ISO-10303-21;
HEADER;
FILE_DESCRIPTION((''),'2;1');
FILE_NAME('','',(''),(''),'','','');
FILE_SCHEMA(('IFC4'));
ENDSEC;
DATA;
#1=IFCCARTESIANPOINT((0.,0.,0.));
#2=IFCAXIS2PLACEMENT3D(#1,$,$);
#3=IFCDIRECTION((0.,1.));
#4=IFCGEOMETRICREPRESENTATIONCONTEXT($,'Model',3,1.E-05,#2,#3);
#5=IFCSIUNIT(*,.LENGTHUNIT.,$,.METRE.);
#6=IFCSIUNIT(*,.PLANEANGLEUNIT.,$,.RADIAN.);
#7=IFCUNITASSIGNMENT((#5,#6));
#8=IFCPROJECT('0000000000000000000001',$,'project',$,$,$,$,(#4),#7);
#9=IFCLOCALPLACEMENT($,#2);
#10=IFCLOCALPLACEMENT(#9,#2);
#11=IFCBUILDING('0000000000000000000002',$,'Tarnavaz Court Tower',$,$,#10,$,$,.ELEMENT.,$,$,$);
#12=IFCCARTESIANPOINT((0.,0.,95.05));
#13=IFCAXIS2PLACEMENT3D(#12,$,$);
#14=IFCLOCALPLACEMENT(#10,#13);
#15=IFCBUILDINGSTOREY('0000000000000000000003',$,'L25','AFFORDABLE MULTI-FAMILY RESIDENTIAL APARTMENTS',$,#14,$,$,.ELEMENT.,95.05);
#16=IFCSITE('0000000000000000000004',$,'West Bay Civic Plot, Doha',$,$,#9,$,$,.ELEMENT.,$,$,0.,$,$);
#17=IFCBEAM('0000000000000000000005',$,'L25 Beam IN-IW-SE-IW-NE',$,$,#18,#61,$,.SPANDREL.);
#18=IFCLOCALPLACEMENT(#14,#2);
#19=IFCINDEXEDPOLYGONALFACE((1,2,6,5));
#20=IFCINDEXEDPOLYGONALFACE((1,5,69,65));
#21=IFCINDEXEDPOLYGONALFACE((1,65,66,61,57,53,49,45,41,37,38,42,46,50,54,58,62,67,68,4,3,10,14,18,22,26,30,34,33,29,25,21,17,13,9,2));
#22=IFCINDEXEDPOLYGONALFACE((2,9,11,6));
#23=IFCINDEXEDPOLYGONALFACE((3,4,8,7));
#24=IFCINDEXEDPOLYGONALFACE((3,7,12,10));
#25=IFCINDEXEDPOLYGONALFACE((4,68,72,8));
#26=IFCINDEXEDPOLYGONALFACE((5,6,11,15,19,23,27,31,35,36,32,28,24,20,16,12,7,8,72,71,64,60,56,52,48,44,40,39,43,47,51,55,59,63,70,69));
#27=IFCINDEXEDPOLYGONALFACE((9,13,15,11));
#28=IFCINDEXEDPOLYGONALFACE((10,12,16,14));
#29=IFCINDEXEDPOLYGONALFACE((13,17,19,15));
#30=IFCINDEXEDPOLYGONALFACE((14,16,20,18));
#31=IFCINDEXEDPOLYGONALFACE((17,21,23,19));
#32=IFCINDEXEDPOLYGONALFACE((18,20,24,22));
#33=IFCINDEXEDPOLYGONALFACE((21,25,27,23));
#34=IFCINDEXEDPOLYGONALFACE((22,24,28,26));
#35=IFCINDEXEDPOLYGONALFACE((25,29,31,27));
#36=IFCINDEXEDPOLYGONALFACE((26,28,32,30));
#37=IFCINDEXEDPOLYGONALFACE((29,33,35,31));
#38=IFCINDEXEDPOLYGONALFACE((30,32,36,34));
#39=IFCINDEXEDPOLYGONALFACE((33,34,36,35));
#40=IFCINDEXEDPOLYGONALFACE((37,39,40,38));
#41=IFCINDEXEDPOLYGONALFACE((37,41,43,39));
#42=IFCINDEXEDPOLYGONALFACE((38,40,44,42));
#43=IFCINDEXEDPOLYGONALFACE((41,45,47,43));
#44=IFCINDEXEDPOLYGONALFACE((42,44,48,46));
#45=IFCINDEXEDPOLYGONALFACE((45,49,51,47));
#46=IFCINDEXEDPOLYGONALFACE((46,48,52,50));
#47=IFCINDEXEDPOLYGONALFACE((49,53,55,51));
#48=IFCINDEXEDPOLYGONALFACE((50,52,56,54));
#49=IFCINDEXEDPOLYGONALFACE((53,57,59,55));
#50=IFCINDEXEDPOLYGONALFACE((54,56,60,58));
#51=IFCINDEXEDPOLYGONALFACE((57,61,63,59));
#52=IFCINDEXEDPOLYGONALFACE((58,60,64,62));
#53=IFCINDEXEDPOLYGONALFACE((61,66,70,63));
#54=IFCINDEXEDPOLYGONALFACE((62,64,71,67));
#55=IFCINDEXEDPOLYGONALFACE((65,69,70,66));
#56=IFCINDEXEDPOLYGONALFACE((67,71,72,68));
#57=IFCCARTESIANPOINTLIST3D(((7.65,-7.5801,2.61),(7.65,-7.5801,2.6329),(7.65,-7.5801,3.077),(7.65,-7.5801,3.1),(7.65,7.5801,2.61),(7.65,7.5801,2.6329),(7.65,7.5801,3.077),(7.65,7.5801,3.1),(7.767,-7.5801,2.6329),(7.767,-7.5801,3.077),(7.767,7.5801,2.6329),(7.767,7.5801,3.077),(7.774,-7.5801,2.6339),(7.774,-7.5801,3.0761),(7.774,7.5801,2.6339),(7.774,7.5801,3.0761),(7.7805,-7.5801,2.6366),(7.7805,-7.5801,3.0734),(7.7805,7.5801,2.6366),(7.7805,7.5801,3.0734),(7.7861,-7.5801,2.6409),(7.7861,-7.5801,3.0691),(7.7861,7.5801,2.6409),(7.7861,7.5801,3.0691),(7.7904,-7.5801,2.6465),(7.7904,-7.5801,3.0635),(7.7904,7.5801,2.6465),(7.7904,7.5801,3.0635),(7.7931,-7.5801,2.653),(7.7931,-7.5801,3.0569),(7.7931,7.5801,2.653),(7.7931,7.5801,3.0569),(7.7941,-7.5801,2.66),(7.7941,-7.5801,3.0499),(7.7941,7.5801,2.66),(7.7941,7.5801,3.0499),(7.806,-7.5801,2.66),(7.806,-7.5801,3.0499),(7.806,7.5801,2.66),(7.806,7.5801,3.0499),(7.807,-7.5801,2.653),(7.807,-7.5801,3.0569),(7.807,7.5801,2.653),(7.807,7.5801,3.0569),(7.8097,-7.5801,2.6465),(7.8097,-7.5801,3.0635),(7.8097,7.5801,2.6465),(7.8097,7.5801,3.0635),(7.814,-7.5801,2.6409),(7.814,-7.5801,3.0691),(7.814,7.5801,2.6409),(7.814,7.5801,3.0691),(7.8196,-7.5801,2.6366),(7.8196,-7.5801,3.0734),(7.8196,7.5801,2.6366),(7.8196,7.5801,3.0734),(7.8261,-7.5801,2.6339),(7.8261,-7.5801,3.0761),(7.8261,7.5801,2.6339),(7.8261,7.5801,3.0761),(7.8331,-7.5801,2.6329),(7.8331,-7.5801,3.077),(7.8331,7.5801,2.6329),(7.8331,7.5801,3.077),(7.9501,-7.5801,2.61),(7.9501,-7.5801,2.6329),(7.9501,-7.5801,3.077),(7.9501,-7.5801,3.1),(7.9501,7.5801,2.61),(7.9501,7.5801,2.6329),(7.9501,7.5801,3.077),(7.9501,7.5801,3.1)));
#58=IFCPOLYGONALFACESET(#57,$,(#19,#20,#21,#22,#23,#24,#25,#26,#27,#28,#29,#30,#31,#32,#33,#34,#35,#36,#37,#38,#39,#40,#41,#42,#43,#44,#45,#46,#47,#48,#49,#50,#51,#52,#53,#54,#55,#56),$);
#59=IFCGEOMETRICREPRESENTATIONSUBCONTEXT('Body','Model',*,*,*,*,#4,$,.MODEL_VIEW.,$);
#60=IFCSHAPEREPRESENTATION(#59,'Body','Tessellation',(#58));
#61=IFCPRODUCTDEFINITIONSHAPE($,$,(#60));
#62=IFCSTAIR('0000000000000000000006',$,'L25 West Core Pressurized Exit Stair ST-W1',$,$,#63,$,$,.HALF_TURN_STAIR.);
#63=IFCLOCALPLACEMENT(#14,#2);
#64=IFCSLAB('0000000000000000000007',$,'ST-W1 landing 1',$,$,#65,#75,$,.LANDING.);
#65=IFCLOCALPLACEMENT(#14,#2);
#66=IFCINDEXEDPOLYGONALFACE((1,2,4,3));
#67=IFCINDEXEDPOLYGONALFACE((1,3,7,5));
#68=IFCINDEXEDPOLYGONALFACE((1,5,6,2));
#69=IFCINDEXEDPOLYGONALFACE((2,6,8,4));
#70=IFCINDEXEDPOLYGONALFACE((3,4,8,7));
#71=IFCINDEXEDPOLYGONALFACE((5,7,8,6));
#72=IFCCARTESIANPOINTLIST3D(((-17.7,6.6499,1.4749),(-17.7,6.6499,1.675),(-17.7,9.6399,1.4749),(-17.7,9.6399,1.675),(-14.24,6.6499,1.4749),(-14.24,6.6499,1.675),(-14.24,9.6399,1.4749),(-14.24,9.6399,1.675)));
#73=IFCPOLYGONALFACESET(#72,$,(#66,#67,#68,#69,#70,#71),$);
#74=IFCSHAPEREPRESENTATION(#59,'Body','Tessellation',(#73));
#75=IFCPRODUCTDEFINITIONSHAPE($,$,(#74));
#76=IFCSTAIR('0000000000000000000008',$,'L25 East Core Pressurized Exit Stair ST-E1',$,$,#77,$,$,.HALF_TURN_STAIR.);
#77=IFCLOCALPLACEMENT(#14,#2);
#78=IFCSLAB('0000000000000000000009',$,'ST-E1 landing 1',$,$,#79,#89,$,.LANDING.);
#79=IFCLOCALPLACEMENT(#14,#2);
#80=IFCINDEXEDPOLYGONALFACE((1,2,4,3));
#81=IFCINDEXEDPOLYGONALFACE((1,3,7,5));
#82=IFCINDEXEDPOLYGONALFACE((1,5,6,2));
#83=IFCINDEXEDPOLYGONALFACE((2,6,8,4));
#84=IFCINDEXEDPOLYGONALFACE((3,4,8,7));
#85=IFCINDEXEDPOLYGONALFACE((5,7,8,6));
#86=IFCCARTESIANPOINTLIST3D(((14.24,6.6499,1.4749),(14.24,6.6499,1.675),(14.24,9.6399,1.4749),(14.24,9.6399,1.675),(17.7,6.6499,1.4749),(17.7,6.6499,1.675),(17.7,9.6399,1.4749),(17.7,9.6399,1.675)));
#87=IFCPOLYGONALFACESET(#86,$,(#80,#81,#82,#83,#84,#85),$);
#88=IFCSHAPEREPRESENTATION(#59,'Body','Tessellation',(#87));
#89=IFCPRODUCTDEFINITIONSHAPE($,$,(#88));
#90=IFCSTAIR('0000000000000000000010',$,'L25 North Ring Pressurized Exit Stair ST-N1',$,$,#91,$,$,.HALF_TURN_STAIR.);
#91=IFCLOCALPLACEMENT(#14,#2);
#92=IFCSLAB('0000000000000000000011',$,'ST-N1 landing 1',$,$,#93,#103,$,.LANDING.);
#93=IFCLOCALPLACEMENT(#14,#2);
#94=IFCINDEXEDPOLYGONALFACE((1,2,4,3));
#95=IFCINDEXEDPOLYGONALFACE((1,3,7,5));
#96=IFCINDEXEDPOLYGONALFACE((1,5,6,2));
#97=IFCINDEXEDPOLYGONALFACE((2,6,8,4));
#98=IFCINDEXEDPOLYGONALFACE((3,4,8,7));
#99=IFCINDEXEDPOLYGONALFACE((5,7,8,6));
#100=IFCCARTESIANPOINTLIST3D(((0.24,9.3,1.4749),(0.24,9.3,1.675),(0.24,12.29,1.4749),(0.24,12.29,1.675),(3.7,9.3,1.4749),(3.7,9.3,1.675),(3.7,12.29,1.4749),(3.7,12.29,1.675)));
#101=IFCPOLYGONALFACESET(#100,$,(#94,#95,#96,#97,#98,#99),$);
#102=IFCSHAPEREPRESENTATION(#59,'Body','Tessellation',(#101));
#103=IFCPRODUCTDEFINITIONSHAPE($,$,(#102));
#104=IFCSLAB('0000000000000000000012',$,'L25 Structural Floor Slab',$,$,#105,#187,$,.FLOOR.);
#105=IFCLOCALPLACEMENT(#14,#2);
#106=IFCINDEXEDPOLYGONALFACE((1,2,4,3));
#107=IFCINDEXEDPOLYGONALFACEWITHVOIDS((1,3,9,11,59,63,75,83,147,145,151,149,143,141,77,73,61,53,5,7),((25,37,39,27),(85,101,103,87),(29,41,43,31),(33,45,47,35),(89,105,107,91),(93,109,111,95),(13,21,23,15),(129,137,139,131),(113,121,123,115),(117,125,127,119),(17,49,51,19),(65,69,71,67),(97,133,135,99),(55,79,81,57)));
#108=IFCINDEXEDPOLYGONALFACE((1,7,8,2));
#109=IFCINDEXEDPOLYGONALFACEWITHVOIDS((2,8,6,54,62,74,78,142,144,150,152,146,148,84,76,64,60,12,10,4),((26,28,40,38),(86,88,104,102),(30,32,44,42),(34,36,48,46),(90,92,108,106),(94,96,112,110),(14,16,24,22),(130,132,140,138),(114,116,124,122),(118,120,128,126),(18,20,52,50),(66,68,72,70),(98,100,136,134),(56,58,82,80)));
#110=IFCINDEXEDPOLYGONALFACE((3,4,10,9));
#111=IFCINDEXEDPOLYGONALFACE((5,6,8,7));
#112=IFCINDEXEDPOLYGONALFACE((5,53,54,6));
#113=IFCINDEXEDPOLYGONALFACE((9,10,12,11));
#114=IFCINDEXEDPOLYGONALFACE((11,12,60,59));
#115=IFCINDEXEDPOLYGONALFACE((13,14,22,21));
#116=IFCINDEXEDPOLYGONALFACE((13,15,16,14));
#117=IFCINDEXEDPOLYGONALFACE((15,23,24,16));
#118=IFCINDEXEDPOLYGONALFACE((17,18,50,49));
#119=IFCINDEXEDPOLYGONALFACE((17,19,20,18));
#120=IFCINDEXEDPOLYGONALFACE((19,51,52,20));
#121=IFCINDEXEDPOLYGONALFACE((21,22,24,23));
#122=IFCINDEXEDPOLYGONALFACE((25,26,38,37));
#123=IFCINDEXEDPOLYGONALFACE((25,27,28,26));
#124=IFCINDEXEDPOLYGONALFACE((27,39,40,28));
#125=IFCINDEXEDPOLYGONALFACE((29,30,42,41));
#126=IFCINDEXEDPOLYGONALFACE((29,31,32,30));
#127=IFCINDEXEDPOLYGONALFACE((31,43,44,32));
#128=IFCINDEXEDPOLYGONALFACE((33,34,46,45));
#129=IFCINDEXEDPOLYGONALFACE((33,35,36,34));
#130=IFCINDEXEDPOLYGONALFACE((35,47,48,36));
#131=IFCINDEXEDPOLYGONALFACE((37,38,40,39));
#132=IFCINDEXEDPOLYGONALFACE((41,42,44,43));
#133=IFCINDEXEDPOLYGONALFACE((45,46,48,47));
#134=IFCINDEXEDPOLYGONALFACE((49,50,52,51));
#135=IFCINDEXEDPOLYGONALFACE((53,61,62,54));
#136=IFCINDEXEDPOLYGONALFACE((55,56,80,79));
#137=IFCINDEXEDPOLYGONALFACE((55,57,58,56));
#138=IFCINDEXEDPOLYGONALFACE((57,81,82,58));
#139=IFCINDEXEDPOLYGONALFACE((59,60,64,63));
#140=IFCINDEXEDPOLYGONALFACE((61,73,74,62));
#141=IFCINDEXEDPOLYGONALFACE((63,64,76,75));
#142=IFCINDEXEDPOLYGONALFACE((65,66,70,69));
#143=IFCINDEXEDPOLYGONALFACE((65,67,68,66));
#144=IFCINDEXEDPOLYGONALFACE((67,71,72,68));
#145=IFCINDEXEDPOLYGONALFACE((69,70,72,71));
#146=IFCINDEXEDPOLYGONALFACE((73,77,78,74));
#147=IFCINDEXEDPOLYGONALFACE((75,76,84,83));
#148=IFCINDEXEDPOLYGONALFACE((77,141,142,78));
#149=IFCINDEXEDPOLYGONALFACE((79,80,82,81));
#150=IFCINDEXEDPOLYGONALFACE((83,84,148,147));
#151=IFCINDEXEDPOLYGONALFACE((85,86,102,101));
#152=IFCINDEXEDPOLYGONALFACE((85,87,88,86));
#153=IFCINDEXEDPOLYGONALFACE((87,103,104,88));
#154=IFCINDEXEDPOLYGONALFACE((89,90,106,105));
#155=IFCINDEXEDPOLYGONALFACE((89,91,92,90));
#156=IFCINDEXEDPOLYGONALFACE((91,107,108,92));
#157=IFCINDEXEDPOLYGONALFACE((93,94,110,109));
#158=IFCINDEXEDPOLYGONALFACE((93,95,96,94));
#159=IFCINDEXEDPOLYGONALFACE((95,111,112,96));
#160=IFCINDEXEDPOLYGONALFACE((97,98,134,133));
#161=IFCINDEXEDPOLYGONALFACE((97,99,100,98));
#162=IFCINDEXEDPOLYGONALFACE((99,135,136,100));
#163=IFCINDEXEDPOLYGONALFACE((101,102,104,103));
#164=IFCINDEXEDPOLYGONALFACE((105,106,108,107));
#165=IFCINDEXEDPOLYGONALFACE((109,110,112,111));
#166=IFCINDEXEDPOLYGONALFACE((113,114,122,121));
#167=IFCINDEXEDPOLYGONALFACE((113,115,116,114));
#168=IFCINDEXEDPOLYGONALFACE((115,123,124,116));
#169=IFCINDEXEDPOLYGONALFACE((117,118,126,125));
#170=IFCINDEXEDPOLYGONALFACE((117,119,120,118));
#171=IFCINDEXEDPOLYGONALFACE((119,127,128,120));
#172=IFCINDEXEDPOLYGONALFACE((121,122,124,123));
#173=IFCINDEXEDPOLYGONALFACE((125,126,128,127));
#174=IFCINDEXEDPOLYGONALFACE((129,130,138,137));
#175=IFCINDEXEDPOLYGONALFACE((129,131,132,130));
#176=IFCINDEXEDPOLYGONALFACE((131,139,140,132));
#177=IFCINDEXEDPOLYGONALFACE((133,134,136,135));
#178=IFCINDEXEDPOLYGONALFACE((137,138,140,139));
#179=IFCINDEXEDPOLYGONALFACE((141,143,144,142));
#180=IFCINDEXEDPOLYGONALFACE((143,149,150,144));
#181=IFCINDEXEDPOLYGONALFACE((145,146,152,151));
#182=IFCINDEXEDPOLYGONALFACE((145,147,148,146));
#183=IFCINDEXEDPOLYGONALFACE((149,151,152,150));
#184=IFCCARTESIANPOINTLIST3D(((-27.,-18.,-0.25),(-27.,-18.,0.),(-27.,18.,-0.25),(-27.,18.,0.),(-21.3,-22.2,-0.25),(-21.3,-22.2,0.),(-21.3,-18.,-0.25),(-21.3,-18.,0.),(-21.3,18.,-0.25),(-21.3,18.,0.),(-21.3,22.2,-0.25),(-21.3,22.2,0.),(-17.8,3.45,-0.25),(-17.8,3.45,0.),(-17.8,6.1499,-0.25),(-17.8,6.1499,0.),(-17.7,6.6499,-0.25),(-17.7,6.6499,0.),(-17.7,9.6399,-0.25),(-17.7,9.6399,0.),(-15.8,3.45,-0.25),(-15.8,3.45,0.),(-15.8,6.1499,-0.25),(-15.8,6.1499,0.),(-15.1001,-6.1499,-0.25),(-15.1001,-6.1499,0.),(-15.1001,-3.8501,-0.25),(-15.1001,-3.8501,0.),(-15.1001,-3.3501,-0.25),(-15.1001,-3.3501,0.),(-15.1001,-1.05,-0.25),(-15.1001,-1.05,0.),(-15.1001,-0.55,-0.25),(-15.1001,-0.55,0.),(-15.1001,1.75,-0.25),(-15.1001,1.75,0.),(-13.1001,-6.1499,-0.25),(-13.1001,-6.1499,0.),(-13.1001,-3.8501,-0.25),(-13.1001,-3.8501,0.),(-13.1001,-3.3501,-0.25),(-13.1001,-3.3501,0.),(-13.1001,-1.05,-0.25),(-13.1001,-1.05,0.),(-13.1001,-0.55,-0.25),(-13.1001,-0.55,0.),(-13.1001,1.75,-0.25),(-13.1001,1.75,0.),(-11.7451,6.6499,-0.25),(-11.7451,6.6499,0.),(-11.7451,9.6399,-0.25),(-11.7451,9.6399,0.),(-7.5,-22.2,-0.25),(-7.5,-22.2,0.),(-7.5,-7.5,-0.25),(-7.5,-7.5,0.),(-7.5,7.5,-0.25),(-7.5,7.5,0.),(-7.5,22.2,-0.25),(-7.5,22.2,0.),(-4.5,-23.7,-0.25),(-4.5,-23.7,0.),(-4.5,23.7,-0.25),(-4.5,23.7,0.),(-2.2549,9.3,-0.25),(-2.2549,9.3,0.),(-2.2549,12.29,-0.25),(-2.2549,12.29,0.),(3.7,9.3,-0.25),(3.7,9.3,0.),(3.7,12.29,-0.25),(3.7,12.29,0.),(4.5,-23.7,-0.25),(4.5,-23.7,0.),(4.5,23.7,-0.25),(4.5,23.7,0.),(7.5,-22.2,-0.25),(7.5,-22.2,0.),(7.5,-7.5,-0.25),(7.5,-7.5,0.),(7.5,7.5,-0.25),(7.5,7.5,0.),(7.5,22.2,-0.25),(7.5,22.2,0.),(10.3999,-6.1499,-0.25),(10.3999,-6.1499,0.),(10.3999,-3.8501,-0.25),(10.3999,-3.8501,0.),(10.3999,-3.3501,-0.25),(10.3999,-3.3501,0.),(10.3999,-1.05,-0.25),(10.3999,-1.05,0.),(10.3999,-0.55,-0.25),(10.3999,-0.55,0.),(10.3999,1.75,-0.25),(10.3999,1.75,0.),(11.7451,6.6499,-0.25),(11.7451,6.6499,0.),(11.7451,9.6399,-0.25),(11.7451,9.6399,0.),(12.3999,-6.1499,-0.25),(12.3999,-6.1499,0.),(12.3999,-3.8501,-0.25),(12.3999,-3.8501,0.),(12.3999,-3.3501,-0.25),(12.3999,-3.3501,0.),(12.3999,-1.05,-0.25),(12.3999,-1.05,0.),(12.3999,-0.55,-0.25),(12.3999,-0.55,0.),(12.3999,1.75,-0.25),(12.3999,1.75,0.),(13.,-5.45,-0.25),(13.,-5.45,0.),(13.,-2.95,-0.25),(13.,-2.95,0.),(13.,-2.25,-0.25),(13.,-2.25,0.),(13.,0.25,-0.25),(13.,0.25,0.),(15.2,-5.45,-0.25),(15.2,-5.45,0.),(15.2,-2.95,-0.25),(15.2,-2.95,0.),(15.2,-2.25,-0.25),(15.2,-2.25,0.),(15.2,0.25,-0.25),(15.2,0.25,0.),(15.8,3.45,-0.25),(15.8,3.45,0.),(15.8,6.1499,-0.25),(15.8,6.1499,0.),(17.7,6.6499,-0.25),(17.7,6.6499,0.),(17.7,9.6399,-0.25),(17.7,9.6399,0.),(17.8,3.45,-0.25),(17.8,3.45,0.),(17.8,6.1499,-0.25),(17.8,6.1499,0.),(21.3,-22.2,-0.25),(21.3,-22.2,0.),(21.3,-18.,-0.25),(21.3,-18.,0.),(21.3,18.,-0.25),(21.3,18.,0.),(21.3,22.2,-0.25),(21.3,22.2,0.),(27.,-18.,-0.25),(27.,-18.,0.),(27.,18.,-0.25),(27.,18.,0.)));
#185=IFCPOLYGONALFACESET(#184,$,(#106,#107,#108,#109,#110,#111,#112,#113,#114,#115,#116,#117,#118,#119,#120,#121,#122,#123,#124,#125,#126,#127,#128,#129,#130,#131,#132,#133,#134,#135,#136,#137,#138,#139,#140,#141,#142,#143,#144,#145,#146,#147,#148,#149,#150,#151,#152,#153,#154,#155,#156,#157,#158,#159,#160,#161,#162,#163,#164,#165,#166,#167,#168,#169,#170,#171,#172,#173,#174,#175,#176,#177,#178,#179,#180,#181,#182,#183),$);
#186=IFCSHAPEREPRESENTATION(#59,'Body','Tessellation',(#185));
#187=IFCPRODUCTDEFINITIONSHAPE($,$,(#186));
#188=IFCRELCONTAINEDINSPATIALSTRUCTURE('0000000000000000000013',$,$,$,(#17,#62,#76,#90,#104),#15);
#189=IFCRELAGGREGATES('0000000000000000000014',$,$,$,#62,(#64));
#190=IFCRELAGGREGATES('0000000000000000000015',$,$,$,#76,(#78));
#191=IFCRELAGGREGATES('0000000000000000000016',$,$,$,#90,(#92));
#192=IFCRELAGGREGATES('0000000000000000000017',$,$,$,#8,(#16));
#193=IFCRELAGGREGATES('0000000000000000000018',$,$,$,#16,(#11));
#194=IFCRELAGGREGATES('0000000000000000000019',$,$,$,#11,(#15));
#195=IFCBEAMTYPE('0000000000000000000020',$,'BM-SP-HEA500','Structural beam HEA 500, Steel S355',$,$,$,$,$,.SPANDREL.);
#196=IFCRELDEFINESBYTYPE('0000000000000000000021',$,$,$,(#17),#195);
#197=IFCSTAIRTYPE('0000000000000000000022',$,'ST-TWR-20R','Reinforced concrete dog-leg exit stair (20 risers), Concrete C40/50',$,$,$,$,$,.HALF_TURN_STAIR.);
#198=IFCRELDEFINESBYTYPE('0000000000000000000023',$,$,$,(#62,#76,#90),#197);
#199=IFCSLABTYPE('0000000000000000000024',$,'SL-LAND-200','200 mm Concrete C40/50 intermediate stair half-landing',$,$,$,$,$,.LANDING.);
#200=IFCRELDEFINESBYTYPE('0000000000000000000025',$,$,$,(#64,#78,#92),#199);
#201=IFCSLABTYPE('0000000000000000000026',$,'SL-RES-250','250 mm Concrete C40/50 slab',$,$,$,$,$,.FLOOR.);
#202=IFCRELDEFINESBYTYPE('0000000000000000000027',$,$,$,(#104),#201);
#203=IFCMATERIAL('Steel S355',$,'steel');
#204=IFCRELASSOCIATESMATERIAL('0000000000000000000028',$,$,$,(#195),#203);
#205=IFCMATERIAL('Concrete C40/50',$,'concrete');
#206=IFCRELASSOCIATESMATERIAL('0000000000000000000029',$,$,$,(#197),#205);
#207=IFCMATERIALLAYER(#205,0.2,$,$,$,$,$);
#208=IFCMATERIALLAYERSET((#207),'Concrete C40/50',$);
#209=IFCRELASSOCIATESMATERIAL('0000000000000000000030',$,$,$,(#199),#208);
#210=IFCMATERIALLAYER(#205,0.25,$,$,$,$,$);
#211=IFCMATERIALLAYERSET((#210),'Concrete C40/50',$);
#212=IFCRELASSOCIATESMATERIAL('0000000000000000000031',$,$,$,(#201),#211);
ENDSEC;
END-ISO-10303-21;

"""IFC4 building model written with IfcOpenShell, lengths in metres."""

from ifc_helpers import new_model, si_unit, direction, frame, origin, origin_2d, place, context, subcontext, project, spatial, polyline, i_section, outline, extrude, material, layer, layer_set, material_profile, profile_set, type_object, element, aggregate, save


model = new_model("IFC4")

# Units and contexts
model_context = context("Model", 3, precision=1e-05, world=origin(), true_north=direction((0.0, 1.0)))
body_context = subcontext(model_context, "Body", "Model", "MODEL_VIEW")
ifc_project = project(units=[si_unit("LENGTHUNIT", "METRE"), si_unit("PLANEANGLEUNIT", "RADIAN")], contexts=[model_context])

# Site, building, storey
site_placement = place(None, origin())
site = spatial("IfcSite", under=ifc_project, at=site_placement, Name="West Bay Civic Plot, Doha", CompositionType="ELEMENT", RefElevation=0.0)
building_placement = place(site_placement, origin())
building = spatial("IfcBuilding", under=site, at=building_placement, Name="Tarnavaz Court Tower", CompositionType="ELEMENT")
storey_placement = place(building_placement, frame((0.0, 0.0, 95.05)))
storey = spatial("IfcBuildingStorey", under=building, at=storey_placement, Name="L25", Description="AFFORDABLE MULTI-FAMILY RESIDENTIAL APARTMENTS", CompositionType="ELEMENT", Elevation=95.05)

# Beam
ifc_material_1 = material(Name="Steel S355", Category="steel")
ifc_material_profile_1 = material_profile(ifc_material_1, i_section(OverallWidth=0.3, OverallDepth=0.49, WebThickness=0.012, FlangeThickness=0.0229, FilletRadius=0.0271, at=origin_2d()), Name="HEA 500")
ifc_profile_set_1 = profile_set([ifc_material_profile_1], Name="Steel S355")
beam_type_1 = type_object("IfcBeamType", Name="BM-SP-HEA500", Description="Structural beam HEA 500, Steel S355", PredefinedType="SPANDREL", material=ifc_profile_set_1)
beam_1_placement = place(storey_placement, frame((7.8, -7.5801, 2.855), z_axis=(0.0, 1.0, 0.0), x_axis=(-1.0, 0.0, 0.0)))
element("IfcBeam", 1, at=beam_1_placement, inside=storey, type_object=beam_type_1, Name="L25 Beam IN-IW-SE-IW-NE", PredefinedType="SPANDREL", context=body_context, shape_type="SweptSolid", body=[
    extrude(i_section(OverallWidth=0.3, OverallDepth=0.49, WebThickness=0.012, FlangeThickness=0.0229, FilletRadius=0.0271, at=origin_2d()), origin(), (0.0, 0.0, 1.0), 15.1602),
])

# Stairs, slabs
ifc_material_2 = material(Name="Concrete C40/50", Category="concrete")
stair_type = type_object("IfcStairType", Name="ST-TWR-20R", Description="Reinforced concrete dog-leg exit stair (20 risers), Concrete C40/50", PredefinedType="HALF_TURN_STAIR", material=ifc_material_2)
stair_1_placement = place(storey_placement, origin())
stair_1 = element("IfcStair", 2, at=stair_1_placement, inside=storey, type_object=stair_type, Name="L25 West Core Pressurized Exit Stair ST-W1", PredefinedType="HALF_TURN_STAIR")
ifc_layer_1 = layer(ifc_material_2, 0.2)
ifc_layer_set_1 = layer_set([ifc_layer_1], Name="Concrete C40/50")
slab_type_1 = type_object("IfcSlabType", Name="SL-LAND-200", Description="200 mm Concrete C40/50 intermediate stair half-landing", PredefinedType="LANDING", material=ifc_layer_set_1)
slab_1_placement = place(storey_placement, frame((0.0, 0.0, 1.4749)))
slab_1 = element("IfcSlab", 3, at=slab_1_placement, type_object=slab_type_1, Name="ST-W1 landing 1", PredefinedType="LANDING", context=body_context, shape_type="SweptSolid", body=[
    extrude(outline(polyline([(-14.24, 9.6399), (-17.7, 9.6399), (-17.7, 6.6499), (-14.24, 6.6499), (-14.24, 9.6399)])), origin(), (0.0, 0.0, 1.0), 0.2002),
])
aggregate(stair_1, [slab_1])
stair_2_placement = place(storey_placement, origin())
stair_2 = element("IfcStair", 4, at=stair_2_placement, inside=storey, type_object=stair_type, Name="L25 East Core Pressurized Exit Stair ST-E1", PredefinedType="HALF_TURN_STAIR")
slab_2_placement = place(storey_placement, frame((0.0, 0.0, 1.4749)))
slab_2 = element("IfcSlab", 5, at=slab_2_placement, type_object=slab_type_1, Name="ST-E1 landing 1", PredefinedType="LANDING", context=body_context, shape_type="SweptSolid", body=[
    extrude(outline(polyline([(14.24, 6.6499), (17.7, 6.6499), (17.7, 9.6399), (14.24, 9.6399), (14.24, 6.6499)])), origin(), (0.0, 0.0, 1.0), 0.2002),
])
aggregate(stair_2, [slab_2])
stair_3_placement = place(storey_placement, origin())
stair_3 = element("IfcStair", 6, at=stair_3_placement, inside=storey, type_object=stair_type, Name="L25 North Ring Pressurized Exit Stair ST-N1", PredefinedType="HALF_TURN_STAIR")
slab_3_placement = place(storey_placement, frame((0.0, 0.0, 1.4749)))
slab_3 = element("IfcSlab", 7, at=slab_3_placement, type_object=slab_type_1, Name="ST-N1 landing 1", PredefinedType="LANDING", context=body_context, shape_type="SweptSolid", body=[
    extrude(outline(polyline([(0.24, 9.3), (3.7, 9.3), (3.7, 12.29), (0.24, 12.29), (0.24, 9.3)])), origin(), (0.0, 0.0, 1.0), 0.2002),
])
aggregate(stair_3, [slab_3])

# Slab
ifc_layer_2 = layer(ifc_material_2, 0.25)
ifc_layer_set_2 = layer_set([ifc_layer_2], Name="Concrete C40/50")
slab_type_2 = type_object("IfcSlabType", Name="SL-RES-250", Description="250 mm Concrete C40/50 slab", PredefinedType="FLOOR", material=ifc_layer_set_2)
slab_4_placement = place(storey_placement, frame((0.0, 0.0, -0.25)))
element("IfcSlab", 8, at=slab_4_placement, inside=storey, type_object=slab_type_2, Name="L25 Structural Floor Slab", PredefinedType="FLOOR", context=body_context, shape_type="SweptSolid", body=[
    extrude(outline(polyline([(-21.3, -22.2), (-7.5, -22.2), (-4.5, -23.7), (4.5, -23.7), (7.5, -22.2), (21.3, -22.2), (21.3, -18.0), (27.0, -18.0), (27.0, 18.0), (21.3, 18.0), (21.3, 22.2), (7.5, 22.2), (4.5, 23.7), (-4.5, 23.7), (-7.5, 22.2), (-21.3, 22.2), (-21.3, 18.0), (-27.0, 18.0), (-27.0, -18.0), (-21.3, -18.0), (-21.3, -22.2)]), holes=[polyline([(-7.5, -7.5), (7.5, -7.5), (7.5, 7.5), (-7.5, 7.5), (-7.5, -7.5)]), polyline([(-11.7451, 9.6399), (-17.7, 9.6399), (-17.7, 6.6499), (-11.7451, 6.6499), (-11.7451, 9.6399)]), polyline([(11.7451, 6.6499), (17.7, 6.6499), (17.7, 9.6399), (11.7451, 9.6399), (11.7451, 6.6499)]), polyline([(-2.2549, 9.3), (3.7, 9.3), (3.7, 12.29), (-2.2549, 12.29), (-2.2549, 9.3)]), polyline([(-17.8, 3.45), (-15.8, 3.45), (-15.8, 6.1499), (-17.8, 6.1499), (-17.8, 3.45)]), polyline([(-15.1001, -6.1499), (-13.1001, -6.1499), (-13.1001, -3.8501), (-15.1001, -3.8501), (-15.1001, -6.1499)]), polyline([(-15.1001, -3.3501), (-13.1001, -3.3501), (-13.1001, -1.05), (-15.1001, -1.05), (-15.1001, -3.3501)]), polyline([(-15.1001, -0.55), (-13.1001, -0.55), (-13.1001, 1.75), (-15.1001, 1.75), (-15.1001, -0.55)]), polyline([(15.8, 3.45), (17.8, 3.45), (17.8, 6.1499), (15.8, 6.1499), (15.8, 3.45)]), polyline([(10.3999, -6.1499), (12.3999, -6.1499), (12.3999, -3.8501), (10.3999, -3.8501), (10.3999, -6.1499)]), polyline([(10.3999, -3.3501), (12.3999, -3.3501), (12.3999, -1.05), (10.3999, -1.05), (10.3999, -3.3501)]), polyline([(10.3999, -0.55), (12.3999, -0.55), (12.3999, 1.75), (10.3999, 1.75), (10.3999, -0.55)]), polyline([(13.0, -5.45), (15.2, -5.45), (15.2, -2.95), (13.0, -2.95), (13.0, -5.45)]), polyline([(13.0, -2.25), (15.2, -2.25), (15.2, 0.25), (13.0, 0.25), (13.0, -2.25)])]), origin(), (0.0, 0.0, 1.0), 0.25),
])

save(model, "model.ifc")
